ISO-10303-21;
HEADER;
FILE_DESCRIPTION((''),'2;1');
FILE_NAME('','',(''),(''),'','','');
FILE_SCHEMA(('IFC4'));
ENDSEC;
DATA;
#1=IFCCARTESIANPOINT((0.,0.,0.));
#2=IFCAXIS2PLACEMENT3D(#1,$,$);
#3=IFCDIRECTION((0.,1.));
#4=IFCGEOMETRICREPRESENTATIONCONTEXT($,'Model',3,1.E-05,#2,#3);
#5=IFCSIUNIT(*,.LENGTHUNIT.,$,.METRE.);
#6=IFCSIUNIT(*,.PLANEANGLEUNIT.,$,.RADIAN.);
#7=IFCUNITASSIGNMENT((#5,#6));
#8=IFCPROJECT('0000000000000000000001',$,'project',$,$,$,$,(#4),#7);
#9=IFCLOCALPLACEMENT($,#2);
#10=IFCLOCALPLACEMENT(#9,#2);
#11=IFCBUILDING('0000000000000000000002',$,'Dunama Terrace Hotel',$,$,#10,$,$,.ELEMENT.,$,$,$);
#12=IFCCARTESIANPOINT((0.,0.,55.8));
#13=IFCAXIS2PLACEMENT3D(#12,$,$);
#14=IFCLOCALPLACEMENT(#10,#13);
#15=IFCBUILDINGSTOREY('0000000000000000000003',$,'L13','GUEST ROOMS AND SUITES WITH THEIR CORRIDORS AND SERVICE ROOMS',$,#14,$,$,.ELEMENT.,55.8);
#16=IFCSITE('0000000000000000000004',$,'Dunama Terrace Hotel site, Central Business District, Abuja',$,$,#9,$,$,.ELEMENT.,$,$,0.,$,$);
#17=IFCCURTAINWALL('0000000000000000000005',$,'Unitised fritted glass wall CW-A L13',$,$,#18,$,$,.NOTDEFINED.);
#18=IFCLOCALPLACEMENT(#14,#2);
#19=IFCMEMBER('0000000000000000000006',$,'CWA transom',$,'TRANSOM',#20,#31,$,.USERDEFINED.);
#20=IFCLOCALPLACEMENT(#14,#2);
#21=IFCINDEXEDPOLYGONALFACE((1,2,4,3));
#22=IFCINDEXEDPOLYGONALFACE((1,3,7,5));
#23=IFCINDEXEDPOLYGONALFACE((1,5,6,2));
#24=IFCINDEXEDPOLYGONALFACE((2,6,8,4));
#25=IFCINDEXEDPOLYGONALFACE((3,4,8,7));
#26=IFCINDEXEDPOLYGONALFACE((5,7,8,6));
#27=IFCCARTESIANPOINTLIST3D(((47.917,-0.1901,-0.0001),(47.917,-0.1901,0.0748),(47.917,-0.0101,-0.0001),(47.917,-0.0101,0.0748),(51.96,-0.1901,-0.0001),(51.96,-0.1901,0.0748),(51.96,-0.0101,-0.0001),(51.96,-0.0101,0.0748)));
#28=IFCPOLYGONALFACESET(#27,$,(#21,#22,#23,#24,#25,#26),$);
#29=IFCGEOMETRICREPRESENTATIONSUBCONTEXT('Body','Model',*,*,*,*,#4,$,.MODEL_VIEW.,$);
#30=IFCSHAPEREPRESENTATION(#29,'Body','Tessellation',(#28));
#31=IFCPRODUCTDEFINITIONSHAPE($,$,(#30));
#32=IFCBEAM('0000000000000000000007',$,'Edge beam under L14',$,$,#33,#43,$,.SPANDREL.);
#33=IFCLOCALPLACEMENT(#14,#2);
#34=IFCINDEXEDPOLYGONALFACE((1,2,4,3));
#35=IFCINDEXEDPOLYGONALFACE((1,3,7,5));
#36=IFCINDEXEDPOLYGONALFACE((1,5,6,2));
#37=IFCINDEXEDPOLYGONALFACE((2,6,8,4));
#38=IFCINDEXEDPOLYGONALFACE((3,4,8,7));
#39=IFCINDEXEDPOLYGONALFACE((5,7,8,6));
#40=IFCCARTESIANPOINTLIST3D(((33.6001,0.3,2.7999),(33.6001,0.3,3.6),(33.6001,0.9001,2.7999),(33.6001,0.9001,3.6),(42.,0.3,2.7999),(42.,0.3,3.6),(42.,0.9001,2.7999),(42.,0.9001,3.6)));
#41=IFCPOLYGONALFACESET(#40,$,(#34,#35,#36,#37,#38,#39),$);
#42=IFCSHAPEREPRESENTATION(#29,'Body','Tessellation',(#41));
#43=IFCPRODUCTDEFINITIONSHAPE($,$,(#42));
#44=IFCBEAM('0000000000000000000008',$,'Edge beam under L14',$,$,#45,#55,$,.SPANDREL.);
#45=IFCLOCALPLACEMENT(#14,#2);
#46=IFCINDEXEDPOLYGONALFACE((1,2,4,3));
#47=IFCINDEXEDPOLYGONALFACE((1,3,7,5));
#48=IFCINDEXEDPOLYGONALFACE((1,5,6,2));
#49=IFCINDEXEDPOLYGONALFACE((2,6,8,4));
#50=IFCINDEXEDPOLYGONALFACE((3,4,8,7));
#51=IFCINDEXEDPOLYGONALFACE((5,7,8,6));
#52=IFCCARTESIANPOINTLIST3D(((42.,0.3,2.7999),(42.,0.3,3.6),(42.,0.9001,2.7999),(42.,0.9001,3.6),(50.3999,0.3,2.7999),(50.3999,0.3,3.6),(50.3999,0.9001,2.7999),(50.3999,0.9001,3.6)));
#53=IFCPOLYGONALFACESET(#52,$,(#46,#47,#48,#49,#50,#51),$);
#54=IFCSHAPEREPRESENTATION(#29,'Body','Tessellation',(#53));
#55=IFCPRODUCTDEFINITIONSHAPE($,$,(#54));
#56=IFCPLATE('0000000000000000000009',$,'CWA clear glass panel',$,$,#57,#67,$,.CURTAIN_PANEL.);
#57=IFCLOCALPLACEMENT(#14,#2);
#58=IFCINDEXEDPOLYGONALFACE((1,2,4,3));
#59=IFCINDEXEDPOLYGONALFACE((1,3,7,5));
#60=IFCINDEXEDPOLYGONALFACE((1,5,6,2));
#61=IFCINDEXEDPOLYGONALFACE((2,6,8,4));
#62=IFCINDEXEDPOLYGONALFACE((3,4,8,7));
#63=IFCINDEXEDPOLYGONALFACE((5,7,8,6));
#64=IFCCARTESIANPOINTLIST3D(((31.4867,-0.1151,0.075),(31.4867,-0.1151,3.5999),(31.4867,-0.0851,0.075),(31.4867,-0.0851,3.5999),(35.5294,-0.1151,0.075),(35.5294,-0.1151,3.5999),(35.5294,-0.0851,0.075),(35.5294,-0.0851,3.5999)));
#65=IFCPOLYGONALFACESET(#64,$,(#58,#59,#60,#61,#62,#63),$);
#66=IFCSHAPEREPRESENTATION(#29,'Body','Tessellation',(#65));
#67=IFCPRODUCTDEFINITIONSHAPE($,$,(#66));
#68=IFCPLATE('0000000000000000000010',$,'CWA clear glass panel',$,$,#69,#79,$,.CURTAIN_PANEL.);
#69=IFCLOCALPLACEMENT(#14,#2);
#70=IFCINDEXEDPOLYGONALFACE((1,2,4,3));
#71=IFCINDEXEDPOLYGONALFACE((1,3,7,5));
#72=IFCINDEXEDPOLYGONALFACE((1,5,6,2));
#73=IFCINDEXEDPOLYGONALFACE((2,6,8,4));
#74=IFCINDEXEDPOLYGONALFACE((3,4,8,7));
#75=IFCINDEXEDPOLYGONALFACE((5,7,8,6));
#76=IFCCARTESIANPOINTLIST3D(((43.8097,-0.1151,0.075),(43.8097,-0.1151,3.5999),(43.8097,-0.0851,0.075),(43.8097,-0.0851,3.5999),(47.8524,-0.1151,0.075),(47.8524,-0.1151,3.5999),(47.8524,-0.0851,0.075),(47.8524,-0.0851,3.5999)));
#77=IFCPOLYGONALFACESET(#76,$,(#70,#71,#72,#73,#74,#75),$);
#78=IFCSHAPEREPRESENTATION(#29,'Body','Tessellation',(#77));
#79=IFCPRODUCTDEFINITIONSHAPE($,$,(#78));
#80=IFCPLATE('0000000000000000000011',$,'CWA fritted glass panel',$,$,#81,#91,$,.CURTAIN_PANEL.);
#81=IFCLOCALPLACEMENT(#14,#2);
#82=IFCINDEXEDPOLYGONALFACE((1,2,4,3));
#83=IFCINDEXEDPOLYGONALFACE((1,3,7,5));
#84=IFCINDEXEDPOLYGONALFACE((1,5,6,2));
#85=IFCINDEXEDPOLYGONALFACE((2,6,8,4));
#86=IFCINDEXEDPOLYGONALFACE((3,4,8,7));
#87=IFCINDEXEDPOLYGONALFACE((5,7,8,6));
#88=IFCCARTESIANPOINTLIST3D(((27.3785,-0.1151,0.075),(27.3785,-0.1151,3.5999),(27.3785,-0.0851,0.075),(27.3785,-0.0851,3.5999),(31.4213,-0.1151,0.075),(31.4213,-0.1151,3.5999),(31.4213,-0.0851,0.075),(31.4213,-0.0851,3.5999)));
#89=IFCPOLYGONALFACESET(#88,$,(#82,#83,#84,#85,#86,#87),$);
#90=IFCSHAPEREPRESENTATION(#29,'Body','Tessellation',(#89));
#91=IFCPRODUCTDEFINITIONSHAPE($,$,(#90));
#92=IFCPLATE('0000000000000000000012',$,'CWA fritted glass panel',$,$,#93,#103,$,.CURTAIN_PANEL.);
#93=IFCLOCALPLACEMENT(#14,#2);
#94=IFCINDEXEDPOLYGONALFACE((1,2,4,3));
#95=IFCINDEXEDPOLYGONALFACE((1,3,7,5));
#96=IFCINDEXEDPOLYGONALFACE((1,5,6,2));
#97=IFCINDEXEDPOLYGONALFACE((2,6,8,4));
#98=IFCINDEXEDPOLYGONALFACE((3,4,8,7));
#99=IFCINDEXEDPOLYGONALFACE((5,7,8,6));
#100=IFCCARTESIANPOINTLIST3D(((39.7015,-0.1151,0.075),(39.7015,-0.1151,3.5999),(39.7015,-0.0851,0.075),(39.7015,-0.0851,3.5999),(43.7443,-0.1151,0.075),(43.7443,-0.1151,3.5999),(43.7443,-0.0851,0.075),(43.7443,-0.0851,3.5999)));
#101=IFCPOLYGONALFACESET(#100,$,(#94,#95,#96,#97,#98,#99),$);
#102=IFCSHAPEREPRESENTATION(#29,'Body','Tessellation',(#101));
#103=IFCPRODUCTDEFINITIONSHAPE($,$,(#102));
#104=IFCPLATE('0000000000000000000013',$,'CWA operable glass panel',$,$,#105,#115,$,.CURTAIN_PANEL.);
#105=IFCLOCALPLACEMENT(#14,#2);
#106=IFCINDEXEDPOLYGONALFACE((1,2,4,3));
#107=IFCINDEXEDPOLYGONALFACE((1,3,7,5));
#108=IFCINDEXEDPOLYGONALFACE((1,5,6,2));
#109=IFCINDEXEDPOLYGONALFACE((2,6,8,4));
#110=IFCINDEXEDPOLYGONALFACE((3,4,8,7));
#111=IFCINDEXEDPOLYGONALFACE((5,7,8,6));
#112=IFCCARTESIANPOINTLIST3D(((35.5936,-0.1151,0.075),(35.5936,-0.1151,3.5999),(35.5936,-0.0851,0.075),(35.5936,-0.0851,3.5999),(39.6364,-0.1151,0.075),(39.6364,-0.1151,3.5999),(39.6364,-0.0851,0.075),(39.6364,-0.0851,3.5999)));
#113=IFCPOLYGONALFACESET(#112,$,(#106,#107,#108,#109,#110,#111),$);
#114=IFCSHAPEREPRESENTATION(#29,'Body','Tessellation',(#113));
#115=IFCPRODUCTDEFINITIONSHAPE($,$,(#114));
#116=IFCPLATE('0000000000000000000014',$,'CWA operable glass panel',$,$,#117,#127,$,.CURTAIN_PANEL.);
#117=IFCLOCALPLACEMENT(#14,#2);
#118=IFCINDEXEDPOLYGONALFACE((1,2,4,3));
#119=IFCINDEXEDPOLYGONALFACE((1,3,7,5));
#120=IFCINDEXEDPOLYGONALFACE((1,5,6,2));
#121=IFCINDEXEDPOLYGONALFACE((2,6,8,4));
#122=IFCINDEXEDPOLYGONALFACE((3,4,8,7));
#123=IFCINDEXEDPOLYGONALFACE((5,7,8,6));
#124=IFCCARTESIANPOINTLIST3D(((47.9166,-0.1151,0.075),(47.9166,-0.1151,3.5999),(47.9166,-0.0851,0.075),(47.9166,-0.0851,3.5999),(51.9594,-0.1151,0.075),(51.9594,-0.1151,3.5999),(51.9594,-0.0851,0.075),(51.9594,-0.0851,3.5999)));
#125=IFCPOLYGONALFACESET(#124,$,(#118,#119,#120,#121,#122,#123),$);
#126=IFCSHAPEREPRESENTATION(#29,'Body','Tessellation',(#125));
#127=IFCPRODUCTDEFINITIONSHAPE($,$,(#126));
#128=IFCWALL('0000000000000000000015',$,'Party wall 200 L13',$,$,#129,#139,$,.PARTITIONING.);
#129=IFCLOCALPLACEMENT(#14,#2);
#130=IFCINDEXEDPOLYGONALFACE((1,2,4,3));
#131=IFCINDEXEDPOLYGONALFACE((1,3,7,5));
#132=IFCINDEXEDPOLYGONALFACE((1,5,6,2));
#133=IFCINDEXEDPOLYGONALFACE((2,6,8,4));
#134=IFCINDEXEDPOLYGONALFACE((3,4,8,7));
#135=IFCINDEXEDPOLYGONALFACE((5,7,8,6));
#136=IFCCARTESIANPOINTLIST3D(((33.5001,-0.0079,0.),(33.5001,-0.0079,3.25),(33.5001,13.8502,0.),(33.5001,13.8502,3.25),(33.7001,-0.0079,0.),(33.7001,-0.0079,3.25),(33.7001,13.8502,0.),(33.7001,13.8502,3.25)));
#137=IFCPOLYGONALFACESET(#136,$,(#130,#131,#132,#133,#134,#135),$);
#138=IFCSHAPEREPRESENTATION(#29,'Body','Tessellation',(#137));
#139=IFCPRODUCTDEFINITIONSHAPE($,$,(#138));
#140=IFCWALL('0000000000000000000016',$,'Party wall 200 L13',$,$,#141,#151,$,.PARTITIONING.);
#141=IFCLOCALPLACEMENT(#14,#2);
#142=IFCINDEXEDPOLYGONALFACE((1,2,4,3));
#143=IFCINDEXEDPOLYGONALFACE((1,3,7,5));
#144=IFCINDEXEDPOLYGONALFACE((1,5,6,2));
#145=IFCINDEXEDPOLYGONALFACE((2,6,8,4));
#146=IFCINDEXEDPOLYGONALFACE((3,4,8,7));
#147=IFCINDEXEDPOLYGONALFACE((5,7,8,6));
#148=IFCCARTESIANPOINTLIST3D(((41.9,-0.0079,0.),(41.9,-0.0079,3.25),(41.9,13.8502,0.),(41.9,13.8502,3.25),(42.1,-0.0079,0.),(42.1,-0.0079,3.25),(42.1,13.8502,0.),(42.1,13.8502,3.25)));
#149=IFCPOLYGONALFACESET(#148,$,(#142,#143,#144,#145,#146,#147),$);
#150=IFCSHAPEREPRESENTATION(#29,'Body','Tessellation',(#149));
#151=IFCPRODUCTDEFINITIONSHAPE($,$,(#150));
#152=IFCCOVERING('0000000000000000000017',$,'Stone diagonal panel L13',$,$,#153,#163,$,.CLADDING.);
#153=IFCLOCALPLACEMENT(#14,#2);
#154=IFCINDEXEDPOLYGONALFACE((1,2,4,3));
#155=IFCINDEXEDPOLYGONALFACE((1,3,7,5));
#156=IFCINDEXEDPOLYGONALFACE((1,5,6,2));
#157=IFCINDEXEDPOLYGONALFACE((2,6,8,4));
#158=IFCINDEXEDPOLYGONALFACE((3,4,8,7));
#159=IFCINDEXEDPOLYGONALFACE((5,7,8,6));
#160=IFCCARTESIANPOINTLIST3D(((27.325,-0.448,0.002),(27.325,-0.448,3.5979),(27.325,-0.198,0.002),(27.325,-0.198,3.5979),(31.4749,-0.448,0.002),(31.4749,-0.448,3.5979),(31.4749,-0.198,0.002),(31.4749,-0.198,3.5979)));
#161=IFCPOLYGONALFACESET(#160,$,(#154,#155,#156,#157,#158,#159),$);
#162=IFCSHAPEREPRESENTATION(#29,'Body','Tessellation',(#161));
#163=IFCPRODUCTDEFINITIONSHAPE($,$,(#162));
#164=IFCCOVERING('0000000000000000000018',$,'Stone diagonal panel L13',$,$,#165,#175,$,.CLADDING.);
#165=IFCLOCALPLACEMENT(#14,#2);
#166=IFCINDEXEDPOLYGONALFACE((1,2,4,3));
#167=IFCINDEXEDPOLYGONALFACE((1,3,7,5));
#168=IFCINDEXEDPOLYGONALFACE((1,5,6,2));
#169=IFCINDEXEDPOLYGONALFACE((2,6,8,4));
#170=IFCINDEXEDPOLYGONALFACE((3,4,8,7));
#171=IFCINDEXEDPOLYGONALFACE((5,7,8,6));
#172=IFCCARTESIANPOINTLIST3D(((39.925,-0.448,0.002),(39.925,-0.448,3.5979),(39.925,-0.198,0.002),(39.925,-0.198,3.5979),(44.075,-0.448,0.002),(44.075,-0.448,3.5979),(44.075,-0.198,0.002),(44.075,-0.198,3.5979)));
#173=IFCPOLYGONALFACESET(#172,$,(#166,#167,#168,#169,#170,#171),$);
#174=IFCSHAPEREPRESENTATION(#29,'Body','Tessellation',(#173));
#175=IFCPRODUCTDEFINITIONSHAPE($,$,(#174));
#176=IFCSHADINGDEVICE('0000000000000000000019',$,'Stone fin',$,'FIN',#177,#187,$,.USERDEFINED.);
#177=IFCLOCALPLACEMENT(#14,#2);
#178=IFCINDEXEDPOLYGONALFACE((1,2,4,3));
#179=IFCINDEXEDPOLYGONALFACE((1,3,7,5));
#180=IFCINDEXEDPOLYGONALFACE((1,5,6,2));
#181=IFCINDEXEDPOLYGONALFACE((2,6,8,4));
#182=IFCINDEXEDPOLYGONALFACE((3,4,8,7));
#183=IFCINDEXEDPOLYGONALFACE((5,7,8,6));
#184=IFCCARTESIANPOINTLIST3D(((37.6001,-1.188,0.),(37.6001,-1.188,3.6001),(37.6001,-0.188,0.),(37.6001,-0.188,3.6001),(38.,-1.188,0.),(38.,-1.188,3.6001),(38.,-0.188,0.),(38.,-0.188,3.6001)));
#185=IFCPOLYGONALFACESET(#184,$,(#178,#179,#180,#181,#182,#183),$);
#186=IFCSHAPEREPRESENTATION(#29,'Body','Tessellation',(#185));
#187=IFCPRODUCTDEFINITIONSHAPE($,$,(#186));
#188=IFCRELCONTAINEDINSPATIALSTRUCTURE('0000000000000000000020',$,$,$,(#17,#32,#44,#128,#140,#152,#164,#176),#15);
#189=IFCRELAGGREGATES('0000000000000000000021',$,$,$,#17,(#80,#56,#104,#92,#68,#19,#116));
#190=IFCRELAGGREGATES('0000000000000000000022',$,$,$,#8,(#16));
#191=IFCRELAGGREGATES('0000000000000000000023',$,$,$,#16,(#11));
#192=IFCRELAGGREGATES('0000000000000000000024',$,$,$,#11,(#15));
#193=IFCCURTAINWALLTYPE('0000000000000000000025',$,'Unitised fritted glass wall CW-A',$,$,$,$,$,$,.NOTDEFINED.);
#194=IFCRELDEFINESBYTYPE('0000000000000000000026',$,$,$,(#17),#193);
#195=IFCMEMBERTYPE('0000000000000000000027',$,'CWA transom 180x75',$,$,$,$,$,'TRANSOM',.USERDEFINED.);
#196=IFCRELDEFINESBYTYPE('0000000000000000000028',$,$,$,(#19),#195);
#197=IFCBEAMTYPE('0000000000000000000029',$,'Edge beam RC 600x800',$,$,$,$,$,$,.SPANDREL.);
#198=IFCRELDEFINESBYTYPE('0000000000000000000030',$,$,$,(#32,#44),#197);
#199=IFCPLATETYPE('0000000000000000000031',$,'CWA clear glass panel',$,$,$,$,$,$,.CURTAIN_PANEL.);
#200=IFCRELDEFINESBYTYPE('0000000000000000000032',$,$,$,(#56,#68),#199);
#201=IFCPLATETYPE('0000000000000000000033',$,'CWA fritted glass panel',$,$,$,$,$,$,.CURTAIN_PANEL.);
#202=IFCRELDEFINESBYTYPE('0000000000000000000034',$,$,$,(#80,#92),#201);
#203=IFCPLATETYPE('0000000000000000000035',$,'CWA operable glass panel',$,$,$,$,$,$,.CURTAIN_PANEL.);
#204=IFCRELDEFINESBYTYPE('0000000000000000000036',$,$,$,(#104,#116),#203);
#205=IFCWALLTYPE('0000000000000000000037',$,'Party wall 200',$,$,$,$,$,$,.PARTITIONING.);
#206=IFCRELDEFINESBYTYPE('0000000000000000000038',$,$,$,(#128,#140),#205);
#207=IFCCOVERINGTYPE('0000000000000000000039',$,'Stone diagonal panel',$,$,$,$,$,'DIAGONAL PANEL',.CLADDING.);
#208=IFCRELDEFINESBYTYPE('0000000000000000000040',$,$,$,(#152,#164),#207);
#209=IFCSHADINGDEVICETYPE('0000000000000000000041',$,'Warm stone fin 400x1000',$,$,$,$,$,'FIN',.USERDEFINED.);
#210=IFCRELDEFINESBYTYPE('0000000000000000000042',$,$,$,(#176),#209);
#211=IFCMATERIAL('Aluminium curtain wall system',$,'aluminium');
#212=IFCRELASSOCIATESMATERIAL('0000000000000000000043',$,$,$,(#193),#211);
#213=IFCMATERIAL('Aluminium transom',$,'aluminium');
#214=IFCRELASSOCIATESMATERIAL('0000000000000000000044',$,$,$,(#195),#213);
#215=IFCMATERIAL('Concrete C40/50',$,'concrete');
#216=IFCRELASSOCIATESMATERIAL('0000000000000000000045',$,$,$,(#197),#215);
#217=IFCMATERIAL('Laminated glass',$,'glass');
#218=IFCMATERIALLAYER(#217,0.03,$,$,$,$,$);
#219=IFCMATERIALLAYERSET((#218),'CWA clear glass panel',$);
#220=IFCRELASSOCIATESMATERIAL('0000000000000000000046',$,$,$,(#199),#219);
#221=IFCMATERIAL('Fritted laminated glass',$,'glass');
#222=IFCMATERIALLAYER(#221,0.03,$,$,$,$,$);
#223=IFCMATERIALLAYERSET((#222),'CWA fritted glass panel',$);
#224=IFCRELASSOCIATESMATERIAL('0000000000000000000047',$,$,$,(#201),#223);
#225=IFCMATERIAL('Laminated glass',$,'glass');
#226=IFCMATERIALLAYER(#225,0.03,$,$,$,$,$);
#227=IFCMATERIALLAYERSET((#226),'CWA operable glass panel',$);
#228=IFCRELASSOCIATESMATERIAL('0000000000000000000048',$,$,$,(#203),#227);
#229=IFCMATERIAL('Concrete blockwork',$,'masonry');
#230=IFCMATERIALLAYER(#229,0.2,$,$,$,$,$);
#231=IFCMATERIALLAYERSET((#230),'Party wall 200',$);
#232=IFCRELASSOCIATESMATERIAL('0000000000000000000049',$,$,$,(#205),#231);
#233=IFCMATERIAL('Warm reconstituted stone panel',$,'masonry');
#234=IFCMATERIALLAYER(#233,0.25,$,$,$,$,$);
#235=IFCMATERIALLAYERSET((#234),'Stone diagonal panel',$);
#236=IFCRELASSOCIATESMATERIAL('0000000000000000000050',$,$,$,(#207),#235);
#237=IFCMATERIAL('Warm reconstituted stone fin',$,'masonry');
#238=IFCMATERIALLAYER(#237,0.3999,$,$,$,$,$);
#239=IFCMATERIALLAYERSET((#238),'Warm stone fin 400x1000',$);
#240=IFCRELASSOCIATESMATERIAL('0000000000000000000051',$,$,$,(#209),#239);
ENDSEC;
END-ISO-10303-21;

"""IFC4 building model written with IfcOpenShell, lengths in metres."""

from ifc_helpers import new_model, si_unit, direction, frame, frame_2d, origin, origin_2d, place, context, subcontext, project, spatial, rectangle, extrude, material, layer, layer_set, material_profile, profile_set, type_object, element, aggregate, save


model = new_model("IFC4")

# Units and contexts
model_context = context("Model", 3, precision=1e-05, world=origin(), true_north=direction((0.0, 1.0)))
body_context = subcontext(model_context, "Body", "Model", "MODEL_VIEW")
ifc_project = project(units=[si_unit("LENGTHUNIT", "METRE"), si_unit("PLANEANGLEUNIT", "RADIAN")], contexts=[model_context])

# Site, building, storey
site_placement = place(None, origin())
site = spatial("IfcSite", under=ifc_project, at=site_placement, Name="Dunama Terrace Hotel site, Central Business District, Abuja", CompositionType="ELEMENT", RefElevation=0.0)
building_placement = place(site_placement, origin())
building = spatial("IfcBuilding", under=site, at=building_placement, Name="Dunama Terrace Hotel", CompositionType="ELEMENT")
storey_placement = place(building_placement, frame((0.0, 0.0, 55.8)))
storey = spatial("IfcBuildingStorey", under=building, at=storey_placement, Name="L13", Description="GUEST ROOMS AND SUITES WITH THEIR CORRIDORS AND SERVICE ROOMS", CompositionType="ELEMENT", Elevation=55.8)

# Curtain wall, member
ifc_material_1 = material(Name="Aluminium curtain wall system", Category="aluminium")
curtain_wall_type = type_object("IfcCurtainWallType", Name="Unitised fritted glass wall CW-A", PredefinedType="NOTDEFINED", material=ifc_material_1)
curtain_wall_placement = place(storey_placement, origin())
curtain_wall = element("IfcCurtainWall", 1, at=curtain_wall_placement, inside=storey, type_object=curtain_wall_type, Name="Unitised fritted glass wall CW-A L13", PredefinedType="NOTDEFINED")
ifc_material_2 = material(Name="Aluminium transom", Category="aluminium")
ifc_material_profile_1 = material_profile(ifc_material_2, rectangle(XDim=0.1799, YDim=0.075, at=origin_2d()), Name="CWA TRANSOM 180X75")
ifc_profile_set_1 = profile_set([ifc_material_profile_1], Name="Aluminium transom")
member_type_1 = type_object("IfcMemberType", Name="CWA transom 180x75", ElementType="TRANSOM", PredefinedType="USERDEFINED", material=ifc_profile_set_1)
member_1_placement = place(storey_placement, frame((47.917, -0.1001, 0.0374), z_axis=(1.0, 0.0, 0.0), x_axis=(0.0, 1.0, 0.0)))
member_1 = element("IfcMember", 2, at=member_1_placement, type_object=member_type_1, Name="CWA transom", ObjectType="TRANSOM", PredefinedType="USERDEFINED", context=body_context, shape_type="SweptSolid", body=[
    extrude(rectangle(XDim=0.1799, YDim=0.075, at=origin_2d()), origin(), (0.0, 0.0, 1.0), 4.043),
])

# Beams
ifc_material_3 = material(Name="Concrete C40/50", Category="concrete")
ifc_material_profile_2 = material_profile(ifc_material_3, rectangle(XDim=0.6001, YDim=0.8, at=origin_2d()), Name="RC 600x800")
ifc_profile_set_2 = profile_set([ifc_material_profile_2], Name="Concrete C40/50")
beam_type = type_object("IfcBeamType", Name="Edge beam RC 600x800", PredefinedType="SPANDREL", material=ifc_profile_set_2)
for number, where, z_axis, x_axis, name in (
    (3, (33.6001, 0.6001, 3.2), (1.0, 0.0, 0.0), (0.0, 1.0, 0.0), "Edge beam under L14"),
    (4, (42.0, 0.6001, 3.2), (1.0, 0.0, 0.0), (0.0, 1.0, 0.0), "Edge beam under L14"),
):
    element("IfcBeam", number, at=place(storey_placement, frame(where, z_axis=z_axis, x_axis=x_axis)), inside=storey, type_object=beam_type, Name=name, PredefinedType="SPANDREL", context=body_context, shape_type="SweptSolid", body=[
        extrude(rectangle(XDim=0.6001, YDim=0.8, at=origin_2d()), origin(), (0.0, 0.0, 1.0), 8.3999),
    ])

# Plates
ifc_material_4 = material(Name="Laminated glass", Category="glass")
ifc_layer_1 = layer(ifc_material_4, 0.03)
ifc_layer_set_1 = layer_set([ifc_layer_1], Name="CWA clear glass panel")
plate_type_1 = type_object("IfcPlateType", Name="CWA clear glass panel", PredefinedType="CURTAIN_PANEL", material=ifc_layer_set_1)
plate_1_placement = place(storey_placement, frame((33.5081, -0.1001, 0.075), z_axis=(0.0, 0.0, 1.0), x_axis=(1.0, 0.0, 0.0)))
plate_1 = element("IfcPlate", 5, at=plate_1_placement, type_object=plate_type_1, Name="CWA clear glass panel", PredefinedType="CURTAIN_PANEL", context=body_context, shape_type="SweptSolid", body=[
    extrude(rectangle(XDim=4.0427, YDim=0.03, at=origin_2d()), origin(), (0.0, 0.0, 1.0), 3.5249),
])
plate_2_placement = place(storey_placement, frame((45.8311, -0.1001, 0.075), z_axis=(0.0, 0.0, 1.0), x_axis=(1.0, 0.0, 0.0)))
plate_2 = element("IfcPlate", 6, at=plate_2_placement, type_object=plate_type_1, Name="CWA clear glass panel", PredefinedType="CURTAIN_PANEL", context=body_context, shape_type="SweptSolid", body=[
    extrude(rectangle(XDim=4.0427, YDim=0.03, at=origin_2d()), origin(), (0.0, 0.0, 1.0), 3.5249),
])
ifc_material_5 = material(Name="Fritted laminated glass", Category="glass")
ifc_layer_2 = layer(ifc_material_5, 0.03)
ifc_layer_set_2 = layer_set([ifc_layer_2], Name="CWA fritted glass panel")
plate_type_2 = type_object("IfcPlateType", Name="CWA fritted glass panel", PredefinedType="CURTAIN_PANEL", material=ifc_layer_set_2)
plate_3_placement = place(storey_placement, frame((29.3999, -0.1001, 0.075), z_axis=(0.0, 0.0, 1.0), x_axis=(1.0, 0.0, 0.0)))
plate_3 = element("IfcPlate", 7, at=plate_3_placement, type_object=plate_type_2, Name="CWA fritted glass panel", PredefinedType="CURTAIN_PANEL", context=body_context, shape_type="SweptSolid", body=[
    extrude(rectangle(XDim=4.0427, YDim=0.03, at=origin_2d()), origin(), (0.0, 0.0, 1.0), 3.5249),
])
plate_4_placement = place(storey_placement, frame((41.7229, -0.1001, 0.075), z_axis=(0.0, 0.0, 1.0), x_axis=(1.0, 0.0, 0.0)))
plate_4 = element("IfcPlate", 8, at=plate_4_placement, type_object=plate_type_2, Name="CWA fritted glass panel", PredefinedType="CURTAIN_PANEL", context=body_context, shape_type="SweptSolid", body=[
    extrude(rectangle(XDim=4.0427, YDim=0.03, at=origin_2d()), origin(), (0.0, 0.0, 1.0), 3.5249),
])
ifc_material_6 = material(Name="Laminated glass", Category="glass")
ifc_layer_3 = layer(ifc_material_6, 0.03)
ifc_layer_set_3 = layer_set([ifc_layer_3], Name="CWA operable glass panel")
plate_type_3 = type_object("IfcPlateType", Name="CWA operable glass panel", PredefinedType="CURTAIN_PANEL", material=ifc_layer_set_3)
plate_5_placement = place(storey_placement, frame((37.615, -0.1001, 0.075), z_axis=(0.0, 0.0, 1.0), x_axis=(1.0, 0.0, 0.0)))
plate_5 = element("IfcPlate", 9, at=plate_5_placement, type_object=plate_type_3, Name="CWA operable glass panel", PredefinedType="CURTAIN_PANEL", context=body_context, shape_type="SweptSolid", body=[
    extrude(rectangle(XDim=4.0427, YDim=0.03, at=origin_2d()), origin(), (0.0, 0.0, 1.0), 3.5249),
])
plate_6_placement = place(storey_placement, frame((49.938, -0.1001, 0.075), z_axis=(0.0, 0.0, 1.0), x_axis=(1.0, 0.0, 0.0)))
plate_6 = element("IfcPlate", 10, at=plate_6_placement, type_object=plate_type_3, Name="CWA operable glass panel", PredefinedType="CURTAIN_PANEL", context=body_context, shape_type="SweptSolid", body=[
    extrude(rectangle(XDim=4.0427, YDim=0.03, at=origin_2d()), origin(), (0.0, 0.0, 1.0), 3.5249),
])
aggregate(curtain_wall, [plate_3, plate_1, plate_5, plate_4, plate_2, member_1, plate_6])

# Walls
ifc_material_7 = material(Name="Concrete blockwork", Category="masonry")
ifc_layer_4 = layer(ifc_material_7, 0.2)
ifc_layer_set_4 = layer_set([ifc_layer_4], Name="Party wall 200")
wall_type = type_object("IfcWallType", Name="Party wall 200", PredefinedType="PARTITIONING", material=ifc_layer_set_4)
for number, where, z_axis, x_axis, name in (
    (11, (33.6001, -0.0081, 0.0), (0.0, 0.0, 1.0), (0.0, 1.0, 0.0), "Party wall 200 L13"),
    (12, (42.0, -0.0081, 0.0), (0.0, 0.0, 1.0), (0.0, 1.0, 0.0), "Party wall 200 L13"),
):
    element("IfcWall", number, at=place(storey_placement, frame(where, z_axis=z_axis, x_axis=x_axis)), inside=storey, type_object=wall_type, Name=name, PredefinedType="PARTITIONING", context=body_context, shape_type="SweptSolid", body=[
        extrude(rectangle(XDim=13.8582, YDim=0.2, at=frame_2d((6.9292, 0.0))), origin(), (0.0, 0.0, 1.0), 3.25),
    ])

# Coverings
ifc_material_8 = material(Name="Warm reconstituted stone panel", Category="masonry")
ifc_layer_5 = layer(ifc_material_8, 0.25)
ifc_layer_set_5 = layer_set([ifc_layer_5], Name="Stone diagonal panel")
covering_type = type_object("IfcCoveringType", Name="Stone diagonal panel", ElementType="DIAGONAL PANEL", PredefinedType="CLADDING", material=ifc_layer_set_5)
for number, where, z_axis, x_axis, name in (
    (13, (29.3999, -0.323, 0.002), (0.0, 0.0, 1.0), (1.0, 0.0, 0.0), "Stone diagonal panel L13"),
    (14, (42.0, -0.323, 0.002), (0.0, 0.0, 1.0), (1.0, 0.0, 0.0), "Stone diagonal panel L13"),
):
    element("IfcCovering", number, at=place(storey_placement, frame(where, z_axis=z_axis, x_axis=x_axis)), inside=storey, type_object=covering_type, Name=name, PredefinedType="CLADDING", context=body_context, shape_type="SweptSolid", body=[
        extrude(rectangle(XDim=4.1499, YDim=0.25, at=origin_2d()), origin(), (0.0, 0.0, 1.0), 3.5959),
    ])

# Shading device
ifc_material_9 = material(Name="Warm reconstituted stone fin", Category="masonry")
ifc_layer_6 = layer(ifc_material_9, 0.3999)
ifc_layer_set_6 = layer_set([ifc_layer_6], Name="Warm stone fin 400x1000")
shading_device_type = type_object("IfcShadingDeviceType", Name="Warm stone fin 400x1000", ElementType="FIN", PredefinedType="USERDEFINED", material=ifc_layer_set_6)
shading_device_placement = place(storey_placement, frame((37.8, -0.688, 0.0), z_axis=(0.0, 0.0, 1.0), x_axis=(1.0, 0.0, 0.0)))
element("IfcShadingDevice", 15, at=shading_device_placement, inside=storey, type_object=shading_device_type, Name="Stone fin", ObjectType="FIN", PredefinedType="USERDEFINED", context=body_context, shape_type="SweptSolid", body=[
    extrude(rectangle(XDim=0.3999, YDim=1.0, at=origin_2d()), origin(), (0.0, 0.0, 1.0), 3.6001),
])

save(model, "model.ifc")
